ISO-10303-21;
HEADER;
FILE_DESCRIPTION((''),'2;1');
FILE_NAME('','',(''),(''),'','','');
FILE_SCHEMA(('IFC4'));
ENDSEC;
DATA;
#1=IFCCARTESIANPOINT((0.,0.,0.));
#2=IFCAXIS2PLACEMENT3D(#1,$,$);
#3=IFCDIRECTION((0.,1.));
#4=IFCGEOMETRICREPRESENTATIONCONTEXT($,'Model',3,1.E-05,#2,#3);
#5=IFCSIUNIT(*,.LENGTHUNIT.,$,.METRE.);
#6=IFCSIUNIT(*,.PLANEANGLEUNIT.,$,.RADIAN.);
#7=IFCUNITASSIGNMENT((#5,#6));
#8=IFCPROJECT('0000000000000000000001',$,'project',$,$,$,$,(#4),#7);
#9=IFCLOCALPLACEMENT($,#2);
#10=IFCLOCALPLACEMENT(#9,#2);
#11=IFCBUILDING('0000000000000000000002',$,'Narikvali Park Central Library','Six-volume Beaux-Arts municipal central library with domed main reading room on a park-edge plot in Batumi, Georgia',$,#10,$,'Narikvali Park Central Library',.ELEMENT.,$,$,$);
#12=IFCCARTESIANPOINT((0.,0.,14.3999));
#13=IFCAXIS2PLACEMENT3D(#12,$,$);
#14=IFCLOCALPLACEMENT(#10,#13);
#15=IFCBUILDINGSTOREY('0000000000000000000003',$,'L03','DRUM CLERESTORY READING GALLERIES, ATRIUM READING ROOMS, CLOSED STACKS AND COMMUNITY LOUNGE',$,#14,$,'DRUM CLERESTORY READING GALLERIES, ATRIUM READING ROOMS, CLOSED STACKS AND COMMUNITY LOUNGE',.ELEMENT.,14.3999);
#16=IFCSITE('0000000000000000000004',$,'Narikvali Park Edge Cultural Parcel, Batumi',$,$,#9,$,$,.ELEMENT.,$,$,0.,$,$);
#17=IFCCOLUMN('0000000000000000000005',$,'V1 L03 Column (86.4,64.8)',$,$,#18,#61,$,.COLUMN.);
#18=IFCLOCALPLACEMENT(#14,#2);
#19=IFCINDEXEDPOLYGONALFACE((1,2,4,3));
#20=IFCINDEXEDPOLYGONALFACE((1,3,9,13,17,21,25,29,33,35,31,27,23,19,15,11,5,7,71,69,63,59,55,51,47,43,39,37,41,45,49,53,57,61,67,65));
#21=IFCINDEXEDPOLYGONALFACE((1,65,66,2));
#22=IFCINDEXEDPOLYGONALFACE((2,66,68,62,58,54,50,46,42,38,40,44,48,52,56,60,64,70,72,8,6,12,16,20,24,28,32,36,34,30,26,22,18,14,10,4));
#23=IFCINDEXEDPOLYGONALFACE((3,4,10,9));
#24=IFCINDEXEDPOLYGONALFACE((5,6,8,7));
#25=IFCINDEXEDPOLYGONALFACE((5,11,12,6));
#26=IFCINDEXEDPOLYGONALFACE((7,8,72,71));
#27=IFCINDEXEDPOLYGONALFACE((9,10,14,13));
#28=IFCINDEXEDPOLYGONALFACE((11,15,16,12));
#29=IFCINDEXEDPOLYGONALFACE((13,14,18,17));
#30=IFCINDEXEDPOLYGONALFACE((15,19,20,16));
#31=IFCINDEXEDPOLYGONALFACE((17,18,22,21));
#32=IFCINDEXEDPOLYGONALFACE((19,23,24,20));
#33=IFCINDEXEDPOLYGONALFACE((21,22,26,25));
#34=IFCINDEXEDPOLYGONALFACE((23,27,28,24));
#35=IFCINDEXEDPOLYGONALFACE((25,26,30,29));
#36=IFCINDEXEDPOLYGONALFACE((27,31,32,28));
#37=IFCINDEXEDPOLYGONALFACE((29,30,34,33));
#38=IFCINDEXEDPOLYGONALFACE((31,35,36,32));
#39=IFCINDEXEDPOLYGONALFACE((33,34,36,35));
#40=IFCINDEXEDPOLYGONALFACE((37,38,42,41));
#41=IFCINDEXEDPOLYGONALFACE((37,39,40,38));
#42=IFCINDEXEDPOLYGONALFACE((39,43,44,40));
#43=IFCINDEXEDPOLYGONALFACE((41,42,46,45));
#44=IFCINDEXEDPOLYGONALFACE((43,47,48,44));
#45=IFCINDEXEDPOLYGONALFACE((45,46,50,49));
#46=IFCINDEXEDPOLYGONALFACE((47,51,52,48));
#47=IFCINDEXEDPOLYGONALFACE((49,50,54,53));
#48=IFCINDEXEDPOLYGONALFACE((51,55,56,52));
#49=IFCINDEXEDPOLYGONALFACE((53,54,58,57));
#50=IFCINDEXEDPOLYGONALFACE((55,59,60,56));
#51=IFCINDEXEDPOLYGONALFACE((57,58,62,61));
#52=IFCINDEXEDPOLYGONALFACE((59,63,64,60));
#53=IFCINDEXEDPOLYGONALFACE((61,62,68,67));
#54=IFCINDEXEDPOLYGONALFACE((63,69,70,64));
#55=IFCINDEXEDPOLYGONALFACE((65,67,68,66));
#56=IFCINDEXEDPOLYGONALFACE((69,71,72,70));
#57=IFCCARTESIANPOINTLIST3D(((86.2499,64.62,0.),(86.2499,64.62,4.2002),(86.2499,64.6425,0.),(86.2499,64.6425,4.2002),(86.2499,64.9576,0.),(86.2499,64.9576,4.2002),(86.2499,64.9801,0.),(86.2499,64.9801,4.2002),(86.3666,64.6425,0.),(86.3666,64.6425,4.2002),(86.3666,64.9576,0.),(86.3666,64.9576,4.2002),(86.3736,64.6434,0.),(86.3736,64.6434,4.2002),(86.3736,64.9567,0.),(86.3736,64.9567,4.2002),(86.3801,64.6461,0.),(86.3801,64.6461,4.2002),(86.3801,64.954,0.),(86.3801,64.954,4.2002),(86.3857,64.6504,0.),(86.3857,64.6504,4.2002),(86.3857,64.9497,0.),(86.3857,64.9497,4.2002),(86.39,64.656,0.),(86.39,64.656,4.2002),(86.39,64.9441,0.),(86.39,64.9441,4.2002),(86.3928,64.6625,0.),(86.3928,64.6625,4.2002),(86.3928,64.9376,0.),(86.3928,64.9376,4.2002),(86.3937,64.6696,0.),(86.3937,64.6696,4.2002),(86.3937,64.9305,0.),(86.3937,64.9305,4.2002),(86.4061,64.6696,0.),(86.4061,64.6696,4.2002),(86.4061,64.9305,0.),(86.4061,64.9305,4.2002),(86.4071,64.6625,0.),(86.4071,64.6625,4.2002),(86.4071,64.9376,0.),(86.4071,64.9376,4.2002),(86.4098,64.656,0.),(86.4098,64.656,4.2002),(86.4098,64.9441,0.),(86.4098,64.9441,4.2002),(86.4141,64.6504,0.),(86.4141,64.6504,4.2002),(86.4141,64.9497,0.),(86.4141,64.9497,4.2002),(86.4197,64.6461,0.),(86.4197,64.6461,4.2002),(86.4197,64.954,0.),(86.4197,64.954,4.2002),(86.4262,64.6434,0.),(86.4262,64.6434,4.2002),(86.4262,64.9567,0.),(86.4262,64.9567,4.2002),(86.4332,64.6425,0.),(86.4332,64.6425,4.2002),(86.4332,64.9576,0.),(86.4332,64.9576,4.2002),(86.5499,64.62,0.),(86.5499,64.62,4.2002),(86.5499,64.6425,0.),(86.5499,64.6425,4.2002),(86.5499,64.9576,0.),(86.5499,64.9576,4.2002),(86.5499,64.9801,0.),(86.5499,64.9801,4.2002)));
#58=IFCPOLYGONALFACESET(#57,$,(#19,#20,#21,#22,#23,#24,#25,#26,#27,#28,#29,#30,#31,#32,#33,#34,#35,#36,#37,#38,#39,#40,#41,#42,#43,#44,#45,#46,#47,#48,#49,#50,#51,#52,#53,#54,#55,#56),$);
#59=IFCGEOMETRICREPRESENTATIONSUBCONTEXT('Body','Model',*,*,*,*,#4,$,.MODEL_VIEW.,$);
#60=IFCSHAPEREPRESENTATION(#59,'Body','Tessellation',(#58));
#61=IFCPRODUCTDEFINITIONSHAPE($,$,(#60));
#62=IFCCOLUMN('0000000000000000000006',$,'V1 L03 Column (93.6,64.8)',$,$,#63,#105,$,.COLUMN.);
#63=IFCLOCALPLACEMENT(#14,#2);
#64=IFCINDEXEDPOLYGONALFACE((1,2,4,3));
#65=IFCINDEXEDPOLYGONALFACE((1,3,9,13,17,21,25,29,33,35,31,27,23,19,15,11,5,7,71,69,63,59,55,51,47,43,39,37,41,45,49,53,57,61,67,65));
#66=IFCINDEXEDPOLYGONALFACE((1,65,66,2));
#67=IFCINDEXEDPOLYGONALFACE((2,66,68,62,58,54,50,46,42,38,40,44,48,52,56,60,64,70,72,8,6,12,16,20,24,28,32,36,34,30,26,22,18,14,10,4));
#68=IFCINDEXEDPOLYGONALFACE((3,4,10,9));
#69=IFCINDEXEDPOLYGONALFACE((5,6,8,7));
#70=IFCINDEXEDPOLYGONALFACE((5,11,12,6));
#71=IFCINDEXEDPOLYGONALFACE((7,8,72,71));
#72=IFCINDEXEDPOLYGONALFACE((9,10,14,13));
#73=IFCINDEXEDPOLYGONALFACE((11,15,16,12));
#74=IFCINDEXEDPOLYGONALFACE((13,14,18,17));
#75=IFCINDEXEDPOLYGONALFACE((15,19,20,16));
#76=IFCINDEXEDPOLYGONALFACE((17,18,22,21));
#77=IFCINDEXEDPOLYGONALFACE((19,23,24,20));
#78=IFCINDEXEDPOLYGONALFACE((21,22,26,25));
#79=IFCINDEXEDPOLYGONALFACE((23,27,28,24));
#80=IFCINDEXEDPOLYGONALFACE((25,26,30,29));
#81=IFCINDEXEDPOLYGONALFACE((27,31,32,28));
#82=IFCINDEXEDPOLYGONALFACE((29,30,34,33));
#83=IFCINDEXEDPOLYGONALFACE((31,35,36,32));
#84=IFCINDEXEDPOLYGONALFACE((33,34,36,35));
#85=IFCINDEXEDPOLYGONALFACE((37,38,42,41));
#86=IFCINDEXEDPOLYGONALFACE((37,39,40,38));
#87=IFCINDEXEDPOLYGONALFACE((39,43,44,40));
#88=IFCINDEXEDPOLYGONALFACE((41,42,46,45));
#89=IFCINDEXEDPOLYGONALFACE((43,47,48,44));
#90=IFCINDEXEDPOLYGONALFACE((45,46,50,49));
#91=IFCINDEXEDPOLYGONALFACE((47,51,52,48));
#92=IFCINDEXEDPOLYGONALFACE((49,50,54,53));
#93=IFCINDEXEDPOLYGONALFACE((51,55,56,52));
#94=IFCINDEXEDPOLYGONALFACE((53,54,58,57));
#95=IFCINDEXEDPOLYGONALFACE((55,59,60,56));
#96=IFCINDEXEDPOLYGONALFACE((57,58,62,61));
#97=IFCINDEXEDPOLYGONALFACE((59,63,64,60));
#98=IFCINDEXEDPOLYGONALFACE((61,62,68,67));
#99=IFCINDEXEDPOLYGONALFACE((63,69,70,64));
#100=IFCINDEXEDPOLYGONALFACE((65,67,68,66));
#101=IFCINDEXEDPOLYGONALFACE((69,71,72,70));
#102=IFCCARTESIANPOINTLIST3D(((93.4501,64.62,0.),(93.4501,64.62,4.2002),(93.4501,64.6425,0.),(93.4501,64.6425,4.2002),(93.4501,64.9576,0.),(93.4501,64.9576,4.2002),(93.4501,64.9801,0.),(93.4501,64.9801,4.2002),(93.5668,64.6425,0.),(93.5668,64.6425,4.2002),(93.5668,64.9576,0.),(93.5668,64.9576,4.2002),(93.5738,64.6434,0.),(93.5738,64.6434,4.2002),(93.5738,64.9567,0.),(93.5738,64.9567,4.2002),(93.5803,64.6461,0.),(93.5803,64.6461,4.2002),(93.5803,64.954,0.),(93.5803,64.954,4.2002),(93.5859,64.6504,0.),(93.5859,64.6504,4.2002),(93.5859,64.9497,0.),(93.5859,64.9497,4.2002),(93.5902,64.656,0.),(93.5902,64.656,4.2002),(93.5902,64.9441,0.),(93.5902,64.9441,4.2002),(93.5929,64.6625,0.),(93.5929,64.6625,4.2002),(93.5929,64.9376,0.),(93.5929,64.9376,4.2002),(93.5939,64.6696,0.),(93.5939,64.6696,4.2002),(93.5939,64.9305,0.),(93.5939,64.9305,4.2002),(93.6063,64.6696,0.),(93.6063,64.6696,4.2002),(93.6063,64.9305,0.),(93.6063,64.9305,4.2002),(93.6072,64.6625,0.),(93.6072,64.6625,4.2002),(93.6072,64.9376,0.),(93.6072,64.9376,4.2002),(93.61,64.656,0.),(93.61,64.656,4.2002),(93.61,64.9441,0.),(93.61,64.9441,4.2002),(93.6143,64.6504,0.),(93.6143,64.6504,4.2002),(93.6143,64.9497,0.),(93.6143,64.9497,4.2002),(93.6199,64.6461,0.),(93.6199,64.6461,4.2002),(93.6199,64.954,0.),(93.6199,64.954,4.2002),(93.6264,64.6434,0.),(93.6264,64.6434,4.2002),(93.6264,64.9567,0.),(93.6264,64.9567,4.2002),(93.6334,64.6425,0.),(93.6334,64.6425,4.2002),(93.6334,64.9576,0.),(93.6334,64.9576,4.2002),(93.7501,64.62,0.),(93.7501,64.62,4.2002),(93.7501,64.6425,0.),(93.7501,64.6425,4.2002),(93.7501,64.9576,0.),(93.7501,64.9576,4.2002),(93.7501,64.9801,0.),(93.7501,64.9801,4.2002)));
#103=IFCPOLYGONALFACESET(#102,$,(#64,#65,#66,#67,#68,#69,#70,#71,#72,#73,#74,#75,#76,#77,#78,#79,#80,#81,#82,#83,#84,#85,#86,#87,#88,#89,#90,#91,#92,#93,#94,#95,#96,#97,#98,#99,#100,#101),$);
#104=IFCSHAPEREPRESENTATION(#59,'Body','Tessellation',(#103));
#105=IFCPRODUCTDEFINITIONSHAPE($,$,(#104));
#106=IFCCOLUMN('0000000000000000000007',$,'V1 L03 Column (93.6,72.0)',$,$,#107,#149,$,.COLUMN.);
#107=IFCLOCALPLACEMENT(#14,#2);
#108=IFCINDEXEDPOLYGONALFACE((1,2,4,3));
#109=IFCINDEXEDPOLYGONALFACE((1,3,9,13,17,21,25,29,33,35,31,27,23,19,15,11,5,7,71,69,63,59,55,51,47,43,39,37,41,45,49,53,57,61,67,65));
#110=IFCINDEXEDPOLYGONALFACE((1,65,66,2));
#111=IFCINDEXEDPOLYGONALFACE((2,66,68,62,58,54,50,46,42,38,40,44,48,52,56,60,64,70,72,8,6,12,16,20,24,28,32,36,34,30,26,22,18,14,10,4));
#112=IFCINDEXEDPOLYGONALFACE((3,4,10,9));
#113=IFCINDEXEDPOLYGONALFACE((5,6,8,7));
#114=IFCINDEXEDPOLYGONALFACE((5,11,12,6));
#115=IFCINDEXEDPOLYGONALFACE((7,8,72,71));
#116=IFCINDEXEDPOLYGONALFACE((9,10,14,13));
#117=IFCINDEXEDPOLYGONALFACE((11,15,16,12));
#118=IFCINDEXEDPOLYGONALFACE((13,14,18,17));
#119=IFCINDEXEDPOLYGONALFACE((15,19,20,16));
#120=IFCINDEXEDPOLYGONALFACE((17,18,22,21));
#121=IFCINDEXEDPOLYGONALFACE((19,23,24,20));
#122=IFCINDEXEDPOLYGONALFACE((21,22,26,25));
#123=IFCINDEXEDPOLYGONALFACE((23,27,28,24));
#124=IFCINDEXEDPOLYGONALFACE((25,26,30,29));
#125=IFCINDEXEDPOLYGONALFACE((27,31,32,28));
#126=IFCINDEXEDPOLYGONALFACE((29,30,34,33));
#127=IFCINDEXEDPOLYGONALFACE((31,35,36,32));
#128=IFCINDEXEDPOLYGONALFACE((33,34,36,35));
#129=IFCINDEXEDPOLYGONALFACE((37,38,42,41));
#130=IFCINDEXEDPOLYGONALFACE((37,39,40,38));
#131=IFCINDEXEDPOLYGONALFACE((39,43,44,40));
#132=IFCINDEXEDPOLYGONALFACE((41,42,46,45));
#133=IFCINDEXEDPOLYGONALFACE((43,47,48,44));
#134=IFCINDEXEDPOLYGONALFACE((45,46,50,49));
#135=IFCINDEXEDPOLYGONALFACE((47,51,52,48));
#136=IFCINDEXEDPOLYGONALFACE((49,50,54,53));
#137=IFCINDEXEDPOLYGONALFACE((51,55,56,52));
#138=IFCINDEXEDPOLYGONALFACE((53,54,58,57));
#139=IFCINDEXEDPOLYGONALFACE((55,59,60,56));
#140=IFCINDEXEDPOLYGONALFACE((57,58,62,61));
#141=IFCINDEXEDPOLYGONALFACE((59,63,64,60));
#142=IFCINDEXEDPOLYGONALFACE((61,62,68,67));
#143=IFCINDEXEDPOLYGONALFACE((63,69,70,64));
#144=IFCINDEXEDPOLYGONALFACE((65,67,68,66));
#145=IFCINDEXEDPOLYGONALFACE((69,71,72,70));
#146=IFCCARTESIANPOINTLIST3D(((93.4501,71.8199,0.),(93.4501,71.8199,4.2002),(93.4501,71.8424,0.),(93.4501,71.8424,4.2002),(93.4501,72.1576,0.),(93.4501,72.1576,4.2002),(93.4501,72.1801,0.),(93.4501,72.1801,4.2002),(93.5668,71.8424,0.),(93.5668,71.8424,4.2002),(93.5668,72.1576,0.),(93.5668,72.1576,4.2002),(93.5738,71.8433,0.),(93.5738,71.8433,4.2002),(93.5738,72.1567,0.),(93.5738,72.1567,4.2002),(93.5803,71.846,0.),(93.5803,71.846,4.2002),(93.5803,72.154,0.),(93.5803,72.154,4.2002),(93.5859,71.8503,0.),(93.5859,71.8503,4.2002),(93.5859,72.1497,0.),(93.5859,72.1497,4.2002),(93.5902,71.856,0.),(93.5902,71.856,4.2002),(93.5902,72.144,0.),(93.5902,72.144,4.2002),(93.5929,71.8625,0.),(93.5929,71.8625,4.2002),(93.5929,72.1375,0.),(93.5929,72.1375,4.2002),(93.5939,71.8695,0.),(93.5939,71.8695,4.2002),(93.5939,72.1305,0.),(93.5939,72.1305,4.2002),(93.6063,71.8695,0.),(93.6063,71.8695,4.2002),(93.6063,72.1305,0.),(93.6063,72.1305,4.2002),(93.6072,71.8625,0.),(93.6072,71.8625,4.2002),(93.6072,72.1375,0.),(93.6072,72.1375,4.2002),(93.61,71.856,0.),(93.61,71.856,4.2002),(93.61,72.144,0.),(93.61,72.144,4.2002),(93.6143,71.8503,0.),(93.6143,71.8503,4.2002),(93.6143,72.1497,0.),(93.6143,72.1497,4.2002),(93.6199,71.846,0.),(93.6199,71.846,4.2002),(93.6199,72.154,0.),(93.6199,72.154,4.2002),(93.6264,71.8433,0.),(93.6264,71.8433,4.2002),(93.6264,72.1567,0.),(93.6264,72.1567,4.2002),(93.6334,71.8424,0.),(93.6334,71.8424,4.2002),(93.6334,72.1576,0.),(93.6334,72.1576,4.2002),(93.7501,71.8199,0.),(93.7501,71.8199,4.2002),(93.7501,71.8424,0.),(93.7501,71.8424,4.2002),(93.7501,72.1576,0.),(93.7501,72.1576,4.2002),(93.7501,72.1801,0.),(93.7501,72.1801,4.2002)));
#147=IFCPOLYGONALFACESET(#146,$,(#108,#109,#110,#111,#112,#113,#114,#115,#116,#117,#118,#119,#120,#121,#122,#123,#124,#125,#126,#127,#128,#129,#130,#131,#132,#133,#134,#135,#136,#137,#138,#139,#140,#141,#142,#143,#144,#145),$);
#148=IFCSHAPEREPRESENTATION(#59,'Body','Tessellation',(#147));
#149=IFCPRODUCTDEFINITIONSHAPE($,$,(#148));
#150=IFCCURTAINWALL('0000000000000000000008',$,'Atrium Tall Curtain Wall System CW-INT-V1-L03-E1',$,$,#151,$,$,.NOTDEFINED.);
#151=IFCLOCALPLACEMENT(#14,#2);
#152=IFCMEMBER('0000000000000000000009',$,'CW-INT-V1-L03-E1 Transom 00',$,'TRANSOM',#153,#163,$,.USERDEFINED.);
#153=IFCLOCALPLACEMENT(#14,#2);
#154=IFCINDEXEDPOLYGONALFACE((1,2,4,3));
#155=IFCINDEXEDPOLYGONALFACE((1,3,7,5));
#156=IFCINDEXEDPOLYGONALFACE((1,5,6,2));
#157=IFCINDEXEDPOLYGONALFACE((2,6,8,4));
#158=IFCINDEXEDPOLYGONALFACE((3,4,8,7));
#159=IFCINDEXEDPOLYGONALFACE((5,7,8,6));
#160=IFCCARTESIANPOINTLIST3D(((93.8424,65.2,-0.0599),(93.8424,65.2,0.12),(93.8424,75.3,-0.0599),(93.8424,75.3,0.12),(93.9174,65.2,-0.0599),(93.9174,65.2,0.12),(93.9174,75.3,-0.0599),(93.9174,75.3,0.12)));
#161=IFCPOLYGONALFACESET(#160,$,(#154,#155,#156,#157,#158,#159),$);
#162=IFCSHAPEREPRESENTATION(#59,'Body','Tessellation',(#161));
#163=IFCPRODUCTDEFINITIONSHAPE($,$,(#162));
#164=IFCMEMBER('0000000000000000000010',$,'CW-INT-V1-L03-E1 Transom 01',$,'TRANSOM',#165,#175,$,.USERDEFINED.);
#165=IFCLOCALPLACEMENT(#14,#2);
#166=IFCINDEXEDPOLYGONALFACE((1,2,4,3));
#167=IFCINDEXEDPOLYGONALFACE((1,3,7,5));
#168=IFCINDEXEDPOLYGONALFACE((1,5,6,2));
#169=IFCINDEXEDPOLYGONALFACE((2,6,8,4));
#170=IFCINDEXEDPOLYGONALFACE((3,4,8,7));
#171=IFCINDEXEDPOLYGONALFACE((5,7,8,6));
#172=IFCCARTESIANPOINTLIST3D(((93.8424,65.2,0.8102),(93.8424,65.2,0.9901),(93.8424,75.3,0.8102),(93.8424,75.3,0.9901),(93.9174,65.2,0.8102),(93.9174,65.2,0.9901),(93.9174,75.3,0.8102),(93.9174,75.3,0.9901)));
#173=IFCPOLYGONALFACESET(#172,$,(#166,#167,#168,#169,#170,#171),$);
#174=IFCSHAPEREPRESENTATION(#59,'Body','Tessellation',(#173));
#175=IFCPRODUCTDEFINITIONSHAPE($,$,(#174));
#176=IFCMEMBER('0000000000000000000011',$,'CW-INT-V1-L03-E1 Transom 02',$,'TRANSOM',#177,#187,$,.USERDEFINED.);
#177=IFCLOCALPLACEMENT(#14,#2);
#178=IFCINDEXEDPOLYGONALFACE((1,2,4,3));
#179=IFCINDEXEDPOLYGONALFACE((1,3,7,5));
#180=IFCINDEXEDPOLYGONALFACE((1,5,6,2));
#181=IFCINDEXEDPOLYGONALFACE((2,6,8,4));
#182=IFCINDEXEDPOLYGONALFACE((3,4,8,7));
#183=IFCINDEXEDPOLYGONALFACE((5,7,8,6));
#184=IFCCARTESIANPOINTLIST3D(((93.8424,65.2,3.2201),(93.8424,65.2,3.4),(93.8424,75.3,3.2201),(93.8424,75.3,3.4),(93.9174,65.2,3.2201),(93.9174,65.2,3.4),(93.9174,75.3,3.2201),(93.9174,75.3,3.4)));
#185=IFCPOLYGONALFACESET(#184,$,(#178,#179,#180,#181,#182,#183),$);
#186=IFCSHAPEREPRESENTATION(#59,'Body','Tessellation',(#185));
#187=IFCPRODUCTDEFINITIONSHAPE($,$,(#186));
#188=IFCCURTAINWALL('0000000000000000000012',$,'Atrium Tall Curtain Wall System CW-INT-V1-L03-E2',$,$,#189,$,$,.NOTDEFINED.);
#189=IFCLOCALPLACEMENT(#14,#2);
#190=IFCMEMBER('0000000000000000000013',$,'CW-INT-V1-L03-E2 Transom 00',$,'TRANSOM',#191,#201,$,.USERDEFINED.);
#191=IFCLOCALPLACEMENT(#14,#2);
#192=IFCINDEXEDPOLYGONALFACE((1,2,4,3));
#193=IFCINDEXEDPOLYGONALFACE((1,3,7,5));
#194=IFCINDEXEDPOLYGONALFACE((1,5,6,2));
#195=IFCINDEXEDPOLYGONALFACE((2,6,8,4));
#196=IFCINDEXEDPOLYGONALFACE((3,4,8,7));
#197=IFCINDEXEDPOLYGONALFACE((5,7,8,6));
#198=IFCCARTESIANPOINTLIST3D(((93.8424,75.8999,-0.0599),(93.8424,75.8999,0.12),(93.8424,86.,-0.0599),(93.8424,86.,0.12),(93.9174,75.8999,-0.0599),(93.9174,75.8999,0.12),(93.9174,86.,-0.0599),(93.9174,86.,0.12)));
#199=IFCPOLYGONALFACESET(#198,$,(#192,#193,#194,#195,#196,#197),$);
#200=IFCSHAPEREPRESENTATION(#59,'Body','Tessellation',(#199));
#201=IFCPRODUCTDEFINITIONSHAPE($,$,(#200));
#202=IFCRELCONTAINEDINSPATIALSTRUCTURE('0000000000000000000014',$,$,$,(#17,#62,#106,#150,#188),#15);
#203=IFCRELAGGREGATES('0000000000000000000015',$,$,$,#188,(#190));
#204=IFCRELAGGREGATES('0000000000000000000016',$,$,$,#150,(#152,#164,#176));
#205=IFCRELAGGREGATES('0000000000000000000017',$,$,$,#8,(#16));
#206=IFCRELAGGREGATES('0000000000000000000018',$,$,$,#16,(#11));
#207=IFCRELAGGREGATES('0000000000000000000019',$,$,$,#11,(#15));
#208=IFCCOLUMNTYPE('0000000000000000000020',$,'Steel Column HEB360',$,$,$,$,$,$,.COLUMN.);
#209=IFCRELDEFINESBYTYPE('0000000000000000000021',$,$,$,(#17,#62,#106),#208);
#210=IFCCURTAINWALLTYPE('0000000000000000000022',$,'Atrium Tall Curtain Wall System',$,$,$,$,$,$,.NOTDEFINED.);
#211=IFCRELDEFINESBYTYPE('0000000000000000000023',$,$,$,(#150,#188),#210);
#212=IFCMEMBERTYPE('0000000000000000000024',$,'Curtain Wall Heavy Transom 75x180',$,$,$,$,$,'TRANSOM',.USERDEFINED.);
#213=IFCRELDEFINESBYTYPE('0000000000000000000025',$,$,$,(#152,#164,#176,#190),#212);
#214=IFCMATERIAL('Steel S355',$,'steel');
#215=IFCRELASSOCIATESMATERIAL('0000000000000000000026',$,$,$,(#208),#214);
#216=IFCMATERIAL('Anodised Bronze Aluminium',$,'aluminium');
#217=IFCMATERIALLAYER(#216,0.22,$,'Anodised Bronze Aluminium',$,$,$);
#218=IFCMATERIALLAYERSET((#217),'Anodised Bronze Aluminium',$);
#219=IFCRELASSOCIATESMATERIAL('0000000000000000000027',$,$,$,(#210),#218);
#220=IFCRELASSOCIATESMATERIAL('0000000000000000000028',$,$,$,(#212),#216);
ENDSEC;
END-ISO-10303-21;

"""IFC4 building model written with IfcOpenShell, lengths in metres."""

from ifc_helpers import new_model, si_unit, direction, frame, origin, origin_2d, place, context, subcontext, project, spatial, rectangle, i_section, extrude, material, layer, layer_set, material_profile, profile_set, type_object, element, aggregate, save


model = new_model("IFC4")

# Units and contexts
model_context = context("Model", 3, precision=1e-05, world=origin(), true_north=direction((0.0, 1.0)))
body_context = subcontext(model_context, "Body", "Model", "MODEL_VIEW")
ifc_project = project(units=[si_unit("LENGTHUNIT", "METRE"), si_unit("PLANEANGLEUNIT", "RADIAN")], contexts=[model_context])

# Site, building, storey
site_placement = place(None, origin())
site = spatial("IfcSite", under=ifc_project, at=site_placement, Name="Narikvali Park Edge Cultural Parcel, Batumi", CompositionType="ELEMENT", RefElevation=0.0)
building_placement = place(site_placement, origin())
building = spatial("IfcBuilding", under=site, at=building_placement, Name="Narikvali Park Central Library", Description="Six-volume Beaux-Arts municipal central library with domed main reading room on a park-edge plot in Batumi, Georgia", LongName="Narikvali Park Central Library", CompositionType="ELEMENT")
storey_placement = place(building_placement, frame((0.0, 0.0, 14.3999)))
storey = spatial("IfcBuildingStorey", under=building, at=storey_placement, Name="L03", Description="DRUM CLERESTORY READING GALLERIES, ATRIUM READING ROOMS, CLOSED STACKS AND COMMUNITY LOUNGE", LongName="DRUM CLERESTORY READING GALLERIES, ATRIUM READING ROOMS, CLOSED STACKS AND COMMUNITY LOUNGE", CompositionType="ELEMENT", Elevation=14.3999)

# Columns
ifc_material_1 = material(Name="Steel S355", Category="steel")
ifc_material_profile_1 = material_profile(ifc_material_1, i_section(OverallWidth=0.3, OverallDepth=0.3601, WebThickness=0.0125, FlangeThickness=0.0225, FilletRadius=0.0271, at=origin_2d()), Name="HEB 360")
ifc_profile_set_1 = profile_set([ifc_material_profile_1], Name="Steel S355")
column_type = type_object("IfcColumnType", Name="Steel Column HEB360", PredefinedType="COLUMN", material=ifc_profile_set_1)
for number, where, z_axis, x_axis, name in (
    (1, (86.3999, 64.8, 0.0), (0.0, 0.0, 1.0), (1.0, 0.0, 0.0), "V1 L03 Column (86.4,64.8)"),
    (2, (93.6001, 64.8, 0.0), (0.0, 0.0, 1.0), (1.0, 0.0, 0.0), "V1 L03 Column (93.6,64.8)"),
    (3, (93.6001, 72.0, 0.0), (0.0, 0.0, 1.0), (1.0, 0.0, 0.0), "V1 L03 Column (93.6,72.0)"),
):
    element("IfcColumn", number, at=place(storey_placement, frame(where, z_axis=z_axis, x_axis=x_axis)), inside=storey, type_object=column_type, Name=name, PredefinedType="COLUMN", context=body_context, shape_type="SweptSolid", body=[
        extrude(i_section(OverallWidth=0.3, OverallDepth=0.3601, WebThickness=0.0125, FlangeThickness=0.0225, FilletRadius=0.0271, at=origin_2d()), origin(), (0.0, 0.0, 1.0), 4.2002),
    ])

# Curtain walls, members
ifc_material_2 = material(Name="Anodised Bronze Aluminium", Category="aluminium")
ifc_layer_1 = layer(ifc_material_2, 0.22, Name="Anodised Bronze Aluminium")
ifc_layer_set_1 = layer_set([ifc_layer_1], Name="Anodised Bronze Aluminium")
curtain_wall_type = type_object("IfcCurtainWallType", Name="Atrium Tall Curtain Wall System", PredefinedType="NOTDEFINED", material=ifc_layer_set_1)
curtain_wall_1_placement = place(storey_placement, origin())
curtain_wall_1 = element("IfcCurtainWall", 4, at=curtain_wall_1_placement, inside=storey, type_object=curtain_wall_type, Name="Atrium Tall Curtain Wall System CW-INT-V1-L03-E1", PredefinedType="NOTDEFINED")
ifc_material_profile_2 = material_profile(ifc_material_2, rectangle(XDim=0.075, YDim=0.1799, at=origin_2d()), Name="CW TRANSOM 75x180")
ifc_profile_set_2 = profile_set([ifc_material_profile_2], Name="Anodised Bronze Aluminium")
member_type_1 = type_object("IfcMemberType", Name="Curtain Wall Heavy Transom 75x180", ElementType="TRANSOM", PredefinedType="USERDEFINED", material=ifc_profile_set_2)
member_1_placement = place(storey_placement, frame((93.8799, 65.2, 0.03), z_axis=(0.0, 1.0, 0.0), x_axis=(-1.0, 0.0, 0.0)))
member_1 = element("IfcMember", 5, at=member_1_placement, type_object=member_type_1, Name="CW-INT-V1-L03-E1 Transom 00", ObjectType="TRANSOM", PredefinedType="USERDEFINED", context=body_context, shape_type="SweptSolid", body=[
    extrude(rectangle(XDim=0.075, YDim=0.1799, at=origin_2d()), origin(), (0.0, 0.0, 1.0), 10.1001),
])
member_2_placement = place(storey_placement, frame((93.8799, 65.2, 0.9001), z_axis=(0.0, 1.0, 0.0), x_axis=(-1.0, 0.0, 0.0)))
member_2 = element("IfcMember", 6, at=member_2_placement, type_object=member_type_1, Name="CW-INT-V1-L03-E1 Transom 01", ObjectType="TRANSOM", PredefinedType="USERDEFINED", context=body_context, shape_type="SweptSolid", body=[
    extrude(rectangle(XDim=0.075, YDim=0.1799, at=origin_2d()), origin(), (0.0, 0.0, 1.0), 10.1001),
])
member_3_placement = place(storey_placement, frame((93.8799, 65.2, 3.3101), z_axis=(0.0, 1.0, 0.0), x_axis=(-1.0, 0.0, 0.0)))
member_3 = element("IfcMember", 7, at=member_3_placement, type_object=member_type_1, Name="CW-INT-V1-L03-E1 Transom 02", ObjectType="TRANSOM", PredefinedType="USERDEFINED", context=body_context, shape_type="SweptSolid", body=[
    extrude(rectangle(XDim=0.075, YDim=0.1799, at=origin_2d()), origin(), (0.0, 0.0, 1.0), 10.1001),
])
curtain_wall_2_placement = place(storey_placement, origin())
curtain_wall_2 = element("IfcCurtainWall", 8, at=curtain_wall_2_placement, inside=storey, type_object=curtain_wall_type, Name="Atrium Tall Curtain Wall System CW-INT-V1-L03-E2", PredefinedType="NOTDEFINED")
member_4_placement = place(storey_placement, frame((93.8799, 75.8999, 0.03), z_axis=(0.0, 1.0, 0.0), x_axis=(-1.0, 0.0, 0.0)))
member_4 = element("IfcMember", 9, at=member_4_placement, type_object=member_type_1, Name="CW-INT-V1-L03-E2 Transom 00", ObjectType="TRANSOM", PredefinedType="USERDEFINED", context=body_context, shape_type="SweptSolid", body=[
    extrude(rectangle(XDim=0.075, YDim=0.1799, at=origin_2d()), origin(), (0.0, 0.0, 1.0), 10.1001),
])

aggregate(curtain_wall_2, [member_4])

aggregate(curtain_wall_1, [member_1, member_2, member_3])

save(model, "model.ifc")
